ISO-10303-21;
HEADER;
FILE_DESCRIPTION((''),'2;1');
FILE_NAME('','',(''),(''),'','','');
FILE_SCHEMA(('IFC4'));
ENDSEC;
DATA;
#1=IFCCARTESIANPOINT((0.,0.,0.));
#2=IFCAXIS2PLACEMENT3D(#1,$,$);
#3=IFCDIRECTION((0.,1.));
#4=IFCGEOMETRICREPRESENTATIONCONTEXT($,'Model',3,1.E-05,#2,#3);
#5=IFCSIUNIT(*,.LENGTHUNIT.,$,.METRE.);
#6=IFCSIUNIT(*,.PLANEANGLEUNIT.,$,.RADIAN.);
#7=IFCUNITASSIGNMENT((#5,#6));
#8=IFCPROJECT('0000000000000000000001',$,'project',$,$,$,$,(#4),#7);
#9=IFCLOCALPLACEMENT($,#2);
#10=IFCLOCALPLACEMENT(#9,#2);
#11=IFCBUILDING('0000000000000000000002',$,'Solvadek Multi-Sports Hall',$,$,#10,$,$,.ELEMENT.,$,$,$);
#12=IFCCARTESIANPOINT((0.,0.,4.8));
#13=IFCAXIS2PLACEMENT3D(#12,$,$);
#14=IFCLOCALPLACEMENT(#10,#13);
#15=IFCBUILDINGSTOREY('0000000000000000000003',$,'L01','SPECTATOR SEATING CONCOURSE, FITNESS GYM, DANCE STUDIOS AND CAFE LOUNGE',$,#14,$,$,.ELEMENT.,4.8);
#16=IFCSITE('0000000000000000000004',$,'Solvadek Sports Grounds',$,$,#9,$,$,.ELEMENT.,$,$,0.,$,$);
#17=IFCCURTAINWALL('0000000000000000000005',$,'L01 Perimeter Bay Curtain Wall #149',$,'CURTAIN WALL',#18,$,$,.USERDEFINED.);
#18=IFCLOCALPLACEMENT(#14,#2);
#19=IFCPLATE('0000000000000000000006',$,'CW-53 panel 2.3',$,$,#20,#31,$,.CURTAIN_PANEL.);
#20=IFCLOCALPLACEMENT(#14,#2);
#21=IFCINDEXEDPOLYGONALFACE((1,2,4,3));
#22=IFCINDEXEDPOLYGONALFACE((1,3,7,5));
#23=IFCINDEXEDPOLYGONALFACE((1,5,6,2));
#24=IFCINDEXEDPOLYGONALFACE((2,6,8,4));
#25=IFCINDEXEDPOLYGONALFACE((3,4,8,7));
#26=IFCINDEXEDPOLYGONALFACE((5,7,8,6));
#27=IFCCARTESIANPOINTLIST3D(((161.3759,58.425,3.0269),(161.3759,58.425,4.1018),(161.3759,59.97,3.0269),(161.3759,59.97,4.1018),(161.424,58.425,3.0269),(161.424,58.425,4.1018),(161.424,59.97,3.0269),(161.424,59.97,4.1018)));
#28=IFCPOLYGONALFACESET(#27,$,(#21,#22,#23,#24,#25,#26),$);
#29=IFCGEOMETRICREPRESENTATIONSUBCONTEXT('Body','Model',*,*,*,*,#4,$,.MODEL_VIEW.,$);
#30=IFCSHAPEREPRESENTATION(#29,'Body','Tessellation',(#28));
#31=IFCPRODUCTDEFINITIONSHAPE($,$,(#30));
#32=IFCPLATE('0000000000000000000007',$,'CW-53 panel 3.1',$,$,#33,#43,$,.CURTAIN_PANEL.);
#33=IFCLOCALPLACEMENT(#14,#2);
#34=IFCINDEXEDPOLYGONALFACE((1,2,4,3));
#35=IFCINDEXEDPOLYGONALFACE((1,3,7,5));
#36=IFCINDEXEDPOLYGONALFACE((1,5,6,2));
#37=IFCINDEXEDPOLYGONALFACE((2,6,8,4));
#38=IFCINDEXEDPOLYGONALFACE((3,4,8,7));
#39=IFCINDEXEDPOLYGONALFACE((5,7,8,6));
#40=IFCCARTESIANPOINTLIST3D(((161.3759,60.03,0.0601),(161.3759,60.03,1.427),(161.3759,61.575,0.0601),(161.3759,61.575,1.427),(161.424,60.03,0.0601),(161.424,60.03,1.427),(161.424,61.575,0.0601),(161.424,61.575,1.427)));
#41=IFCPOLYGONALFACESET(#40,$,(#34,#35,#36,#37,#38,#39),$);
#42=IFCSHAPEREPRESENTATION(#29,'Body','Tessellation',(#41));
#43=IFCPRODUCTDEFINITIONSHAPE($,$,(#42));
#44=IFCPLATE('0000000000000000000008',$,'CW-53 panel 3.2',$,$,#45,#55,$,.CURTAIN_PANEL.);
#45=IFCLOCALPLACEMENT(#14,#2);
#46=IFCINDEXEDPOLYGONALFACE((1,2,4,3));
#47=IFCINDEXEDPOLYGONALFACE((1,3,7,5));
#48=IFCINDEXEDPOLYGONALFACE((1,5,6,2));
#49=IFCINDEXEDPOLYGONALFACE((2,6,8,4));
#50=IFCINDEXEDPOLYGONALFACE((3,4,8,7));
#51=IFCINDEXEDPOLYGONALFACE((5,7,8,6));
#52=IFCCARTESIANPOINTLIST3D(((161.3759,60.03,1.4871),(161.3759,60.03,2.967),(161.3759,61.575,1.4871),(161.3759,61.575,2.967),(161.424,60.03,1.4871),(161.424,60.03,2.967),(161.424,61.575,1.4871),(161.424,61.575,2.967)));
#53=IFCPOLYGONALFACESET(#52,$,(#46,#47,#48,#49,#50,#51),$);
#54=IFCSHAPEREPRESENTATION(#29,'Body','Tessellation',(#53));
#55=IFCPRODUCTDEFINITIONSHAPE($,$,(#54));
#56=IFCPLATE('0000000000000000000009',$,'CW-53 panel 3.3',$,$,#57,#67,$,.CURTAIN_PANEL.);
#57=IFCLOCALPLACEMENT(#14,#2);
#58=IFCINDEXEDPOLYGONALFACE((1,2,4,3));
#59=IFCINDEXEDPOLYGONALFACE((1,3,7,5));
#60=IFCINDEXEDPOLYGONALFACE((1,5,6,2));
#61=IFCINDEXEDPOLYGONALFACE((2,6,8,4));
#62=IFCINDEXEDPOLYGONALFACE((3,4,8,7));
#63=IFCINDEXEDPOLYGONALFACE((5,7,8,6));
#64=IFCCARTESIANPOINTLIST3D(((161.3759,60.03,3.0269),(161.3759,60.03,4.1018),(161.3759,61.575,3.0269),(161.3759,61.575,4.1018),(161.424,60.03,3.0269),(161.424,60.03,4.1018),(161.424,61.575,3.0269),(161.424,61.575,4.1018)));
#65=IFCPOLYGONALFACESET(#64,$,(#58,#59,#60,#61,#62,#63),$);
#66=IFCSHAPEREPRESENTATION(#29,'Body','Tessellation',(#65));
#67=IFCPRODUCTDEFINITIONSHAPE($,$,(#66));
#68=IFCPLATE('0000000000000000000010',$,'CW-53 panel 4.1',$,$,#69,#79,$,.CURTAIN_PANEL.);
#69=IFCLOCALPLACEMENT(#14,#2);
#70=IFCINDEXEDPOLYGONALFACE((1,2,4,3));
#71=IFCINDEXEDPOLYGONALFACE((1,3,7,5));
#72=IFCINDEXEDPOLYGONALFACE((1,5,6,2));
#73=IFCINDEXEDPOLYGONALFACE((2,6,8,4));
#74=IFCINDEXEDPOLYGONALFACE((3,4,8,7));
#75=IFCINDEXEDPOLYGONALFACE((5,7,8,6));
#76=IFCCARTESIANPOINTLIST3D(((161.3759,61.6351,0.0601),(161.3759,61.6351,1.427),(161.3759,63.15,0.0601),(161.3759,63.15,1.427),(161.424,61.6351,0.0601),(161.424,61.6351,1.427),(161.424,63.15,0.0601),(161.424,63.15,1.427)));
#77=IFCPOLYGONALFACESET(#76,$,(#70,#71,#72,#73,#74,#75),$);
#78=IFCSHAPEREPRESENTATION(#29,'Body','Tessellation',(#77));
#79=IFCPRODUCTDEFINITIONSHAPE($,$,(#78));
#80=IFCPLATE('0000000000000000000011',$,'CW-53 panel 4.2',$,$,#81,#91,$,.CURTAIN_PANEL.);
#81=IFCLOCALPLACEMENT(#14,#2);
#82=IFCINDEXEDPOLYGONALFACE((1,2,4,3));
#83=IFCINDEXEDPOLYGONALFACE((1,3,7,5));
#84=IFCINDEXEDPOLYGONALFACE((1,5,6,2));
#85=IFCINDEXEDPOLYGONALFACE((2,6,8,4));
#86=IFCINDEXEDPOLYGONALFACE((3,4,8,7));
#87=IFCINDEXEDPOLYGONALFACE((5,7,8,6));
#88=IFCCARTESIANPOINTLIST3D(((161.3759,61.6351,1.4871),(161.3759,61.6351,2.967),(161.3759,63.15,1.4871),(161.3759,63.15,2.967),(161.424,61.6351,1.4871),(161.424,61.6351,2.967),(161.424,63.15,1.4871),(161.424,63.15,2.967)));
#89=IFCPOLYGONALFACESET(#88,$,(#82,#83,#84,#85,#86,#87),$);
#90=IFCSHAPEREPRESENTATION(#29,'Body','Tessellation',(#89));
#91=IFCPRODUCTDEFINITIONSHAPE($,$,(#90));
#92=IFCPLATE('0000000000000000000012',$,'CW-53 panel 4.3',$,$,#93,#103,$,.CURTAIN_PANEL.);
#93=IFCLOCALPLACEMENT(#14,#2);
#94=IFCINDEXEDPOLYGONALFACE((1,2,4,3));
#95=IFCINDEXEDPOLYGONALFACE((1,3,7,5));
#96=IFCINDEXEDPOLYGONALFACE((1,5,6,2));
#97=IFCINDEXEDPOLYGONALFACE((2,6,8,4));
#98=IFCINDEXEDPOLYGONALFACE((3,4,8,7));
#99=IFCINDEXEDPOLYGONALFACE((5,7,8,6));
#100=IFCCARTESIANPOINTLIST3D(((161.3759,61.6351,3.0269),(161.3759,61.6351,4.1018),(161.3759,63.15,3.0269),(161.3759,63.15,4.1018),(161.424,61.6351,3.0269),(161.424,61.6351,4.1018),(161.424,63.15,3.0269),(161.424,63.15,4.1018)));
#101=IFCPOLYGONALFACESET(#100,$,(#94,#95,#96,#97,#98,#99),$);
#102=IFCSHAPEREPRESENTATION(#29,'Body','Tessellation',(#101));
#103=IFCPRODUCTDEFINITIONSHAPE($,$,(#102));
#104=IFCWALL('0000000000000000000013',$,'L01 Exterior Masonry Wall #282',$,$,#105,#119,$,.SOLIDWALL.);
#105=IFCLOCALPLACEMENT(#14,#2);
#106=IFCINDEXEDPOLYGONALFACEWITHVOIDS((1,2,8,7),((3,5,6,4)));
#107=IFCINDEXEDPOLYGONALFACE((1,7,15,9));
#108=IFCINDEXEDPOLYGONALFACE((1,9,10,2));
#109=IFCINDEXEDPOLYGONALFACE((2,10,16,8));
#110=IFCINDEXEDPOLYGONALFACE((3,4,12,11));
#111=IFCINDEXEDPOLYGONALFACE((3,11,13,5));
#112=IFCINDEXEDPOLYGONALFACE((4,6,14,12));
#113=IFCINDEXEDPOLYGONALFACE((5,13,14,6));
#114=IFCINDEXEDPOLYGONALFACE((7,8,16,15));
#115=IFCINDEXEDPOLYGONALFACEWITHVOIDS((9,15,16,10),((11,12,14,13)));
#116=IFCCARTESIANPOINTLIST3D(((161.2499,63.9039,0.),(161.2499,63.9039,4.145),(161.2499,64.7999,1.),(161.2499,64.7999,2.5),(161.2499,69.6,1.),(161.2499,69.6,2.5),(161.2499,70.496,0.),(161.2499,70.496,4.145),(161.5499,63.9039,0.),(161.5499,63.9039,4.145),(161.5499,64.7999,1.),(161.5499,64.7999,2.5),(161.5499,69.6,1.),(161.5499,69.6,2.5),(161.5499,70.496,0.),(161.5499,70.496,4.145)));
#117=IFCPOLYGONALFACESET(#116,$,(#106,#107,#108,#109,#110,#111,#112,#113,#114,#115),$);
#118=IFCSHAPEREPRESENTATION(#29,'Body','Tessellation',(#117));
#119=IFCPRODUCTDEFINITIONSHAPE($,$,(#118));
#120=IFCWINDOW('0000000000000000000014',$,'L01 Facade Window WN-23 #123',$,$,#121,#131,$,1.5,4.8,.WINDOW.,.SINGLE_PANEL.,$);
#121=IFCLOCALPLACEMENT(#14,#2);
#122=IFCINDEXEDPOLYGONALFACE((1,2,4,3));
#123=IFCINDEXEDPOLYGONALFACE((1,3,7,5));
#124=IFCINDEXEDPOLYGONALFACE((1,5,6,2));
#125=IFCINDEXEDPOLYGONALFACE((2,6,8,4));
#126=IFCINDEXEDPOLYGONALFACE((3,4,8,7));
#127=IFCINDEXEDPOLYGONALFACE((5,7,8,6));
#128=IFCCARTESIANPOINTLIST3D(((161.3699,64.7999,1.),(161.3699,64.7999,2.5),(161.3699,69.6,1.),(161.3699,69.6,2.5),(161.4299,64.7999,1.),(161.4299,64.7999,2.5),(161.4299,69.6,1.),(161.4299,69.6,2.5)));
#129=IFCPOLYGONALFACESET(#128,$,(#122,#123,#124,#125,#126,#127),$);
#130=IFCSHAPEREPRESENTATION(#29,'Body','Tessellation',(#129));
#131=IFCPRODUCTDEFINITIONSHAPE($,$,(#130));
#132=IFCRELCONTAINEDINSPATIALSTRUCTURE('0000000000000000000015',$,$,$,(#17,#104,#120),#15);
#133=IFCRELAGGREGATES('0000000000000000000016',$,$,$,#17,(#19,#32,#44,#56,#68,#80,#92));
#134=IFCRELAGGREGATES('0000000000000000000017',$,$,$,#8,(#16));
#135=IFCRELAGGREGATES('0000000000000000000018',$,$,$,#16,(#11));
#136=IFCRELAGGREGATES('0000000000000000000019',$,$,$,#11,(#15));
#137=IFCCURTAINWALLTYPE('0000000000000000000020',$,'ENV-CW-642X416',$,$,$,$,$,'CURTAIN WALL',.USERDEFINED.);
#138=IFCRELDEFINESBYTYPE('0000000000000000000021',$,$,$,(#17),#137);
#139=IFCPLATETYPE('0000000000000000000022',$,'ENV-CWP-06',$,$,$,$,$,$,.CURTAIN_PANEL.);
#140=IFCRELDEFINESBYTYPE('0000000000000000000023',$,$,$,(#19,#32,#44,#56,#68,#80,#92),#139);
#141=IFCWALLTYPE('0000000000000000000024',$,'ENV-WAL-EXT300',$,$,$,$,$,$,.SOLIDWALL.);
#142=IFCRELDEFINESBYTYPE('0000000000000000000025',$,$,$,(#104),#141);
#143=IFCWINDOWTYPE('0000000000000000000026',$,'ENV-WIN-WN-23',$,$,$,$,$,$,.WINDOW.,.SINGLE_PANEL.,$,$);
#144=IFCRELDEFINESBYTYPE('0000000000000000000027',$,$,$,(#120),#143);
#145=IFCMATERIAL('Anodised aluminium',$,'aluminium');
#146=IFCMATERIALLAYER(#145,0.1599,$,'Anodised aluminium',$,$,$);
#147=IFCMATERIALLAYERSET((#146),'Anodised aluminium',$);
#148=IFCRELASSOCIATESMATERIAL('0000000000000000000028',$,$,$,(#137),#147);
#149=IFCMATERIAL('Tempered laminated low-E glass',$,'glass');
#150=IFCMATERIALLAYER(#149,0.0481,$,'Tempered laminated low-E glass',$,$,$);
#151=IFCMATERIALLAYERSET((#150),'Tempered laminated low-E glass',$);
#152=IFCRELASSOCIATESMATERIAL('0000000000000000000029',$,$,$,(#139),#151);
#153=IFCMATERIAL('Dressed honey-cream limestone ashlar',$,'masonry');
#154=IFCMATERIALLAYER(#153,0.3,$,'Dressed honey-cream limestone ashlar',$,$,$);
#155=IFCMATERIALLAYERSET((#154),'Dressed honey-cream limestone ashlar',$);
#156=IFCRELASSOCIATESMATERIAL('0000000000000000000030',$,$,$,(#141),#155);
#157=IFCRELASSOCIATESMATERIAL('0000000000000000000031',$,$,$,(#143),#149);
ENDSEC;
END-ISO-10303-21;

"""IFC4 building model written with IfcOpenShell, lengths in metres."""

from ifc_helpers import new_model, si_unit, direction, frame, frame_2d, origin, origin_2d, place, context, subcontext, project, spatial, rectangle, extrude, material, layer, layer_set, type_object, element, fill, aggregate, save


model = new_model("IFC4")

# Units and contexts
model_context = context("Model", 3, precision=1e-05, world=origin(), true_north=direction((0.0, 1.0)))
body_context = subcontext(model_context, "Body", "Model", "MODEL_VIEW")
ifc_project = project(units=[si_unit("LENGTHUNIT", "METRE"), si_unit("PLANEANGLEUNIT", "RADIAN")], contexts=[model_context])

# Site, building, storey
site_placement = place(None, origin())
site = spatial("IfcSite", under=ifc_project, at=site_placement, Name="Solvadek Sports Grounds", CompositionType="ELEMENT", RefElevation=0.0)
building_placement = place(site_placement, origin())
building = spatial("IfcBuilding", under=site, at=building_placement, Name="Solvadek Multi-Sports Hall", CompositionType="ELEMENT")
storey_placement = place(building_placement, frame((0.0, 0.0, 4.8)))
storey = spatial("IfcBuildingStorey", under=building, at=storey_placement, Name="L01", Description="SPECTATOR SEATING CONCOURSE, FITNESS GYM, DANCE STUDIOS AND CAFE LOUNGE", CompositionType="ELEMENT", Elevation=4.8)

# Curtain wall
ifc_material_1 = material(Name="Anodised aluminium", Category="aluminium")
ifc_layer_1 = layer(ifc_material_1, 0.1599, Name="Anodised aluminium")
ifc_layer_set_1 = layer_set([ifc_layer_1], Name="Anodised aluminium")
curtain_wall_type = type_object("IfcCurtainWallType", Name="ENV-CW-642X416", ElementType="CURTAIN WALL", PredefinedType="USERDEFINED", material=ifc_layer_set_1)
curtain_wall_placement = place(storey_placement, origin())
curtain_wall = element("IfcCurtainWall", 1, at=curtain_wall_placement, inside=storey, type_object=curtain_wall_type, Name="L01 Perimeter Bay Curtain Wall #149", ObjectType="CURTAIN WALL", PredefinedType="USERDEFINED")

# Plates
ifc_material_2 = material(Name="Tempered laminated low-E glass", Category="glass")
ifc_layer_2 = layer(ifc_material_2, 0.0481, Name="Tempered laminated low-E glass")
ifc_layer_set_2 = layer_set([ifc_layer_2], Name="Tempered laminated low-E glass")
plate_type = type_object("IfcPlateType", Name="ENV-CWP-06", PredefinedType="CURTAIN_PANEL", material=ifc_layer_set_2)
plate_1_placement = place(storey_placement, frame((161.3999, 59.1975, 3.0269), z_axis=(0.0, 0.0, 1.0), x_axis=(0.0, 1.0, 0.0)))
plate_1 = element("IfcPlate", 2, at=plate_1_placement, type_object=plate_type, Name="CW-53 panel 2.3", PredefinedType="CURTAIN_PANEL", context=body_context, shape_type="SweptSolid", body=[
    extrude(rectangle(XDim=1.5449, YDim=0.0481, at=origin_2d()), origin(), (0.0, 0.0, 1.0), 1.075),
])
plate_2_placement = place(storey_placement, frame((161.3999, 60.8025, 0.0601), z_axis=(0.0, 0.0, 1.0), x_axis=(0.0, 1.0, 0.0)))
plate_2 = element("IfcPlate", 3, at=plate_2_placement, type_object=plate_type, Name="CW-53 panel 3.1", PredefinedType="CURTAIN_PANEL", context=body_context, shape_type="SweptSolid", body=[
    extrude(rectangle(XDim=1.5449, YDim=0.0481, at=origin_2d()), origin(), (0.0, 0.0, 1.0), 1.3669),
])
plate_3_placement = place(storey_placement, frame((161.3999, 60.8025, 1.4871), z_axis=(0.0, 0.0, 1.0), x_axis=(0.0, 1.0, 0.0)))
plate_3 = element("IfcPlate", 4, at=plate_3_placement, type_object=plate_type, Name="CW-53 panel 3.2", PredefinedType="CURTAIN_PANEL", context=body_context, shape_type="SweptSolid", body=[
    extrude(rectangle(XDim=1.5449, YDim=0.0481, at=origin_2d()), origin(), (0.0, 0.0, 1.0), 1.48),
])
plate_4_placement = place(storey_placement, frame((161.3999, 60.8025, 3.0269), z_axis=(0.0, 0.0, 1.0), x_axis=(0.0, 1.0, 0.0)))
plate_4 = element("IfcPlate", 5, at=plate_4_placement, type_object=plate_type, Name="CW-53 panel 3.3", PredefinedType="CURTAIN_PANEL", context=body_context, shape_type="SweptSolid", body=[
    extrude(rectangle(XDim=1.5449, YDim=0.0481, at=origin_2d()), origin(), (0.0, 0.0, 1.0), 1.075),
])
plate_5_placement = place(storey_placement, frame((161.3999, 62.3926, 0.0601), z_axis=(0.0, 0.0, 1.0), x_axis=(0.0, 1.0, 0.0)))
plate_5 = element("IfcPlate", 6, at=plate_5_placement, type_object=plate_type, Name="CW-53 panel 4.1", PredefinedType="CURTAIN_PANEL", context=body_context, shape_type="SweptSolid", body=[
    extrude(rectangle(XDim=1.5149, YDim=0.0481, at=origin_2d()), origin(), (0.0, 0.0, 1.0), 1.3669),
])
plate_6_placement = place(storey_placement, frame((161.3999, 62.3926, 1.4871), z_axis=(0.0, 0.0, 1.0), x_axis=(0.0, 1.0, 0.0)))
plate_6 = element("IfcPlate", 7, at=plate_6_placement, type_object=plate_type, Name="CW-53 panel 4.2", PredefinedType="CURTAIN_PANEL", context=body_context, shape_type="SweptSolid", body=[
    extrude(rectangle(XDim=1.5149, YDim=0.0481, at=origin_2d()), origin(), (0.0, 0.0, 1.0), 1.48),
])
plate_7_placement = place(storey_placement, frame((161.3999, 62.3926, 3.0269), z_axis=(0.0, 0.0, 1.0), x_axis=(0.0, 1.0, 0.0)))
plate_7 = element("IfcPlate", 8, at=plate_7_placement, type_object=plate_type, Name="CW-53 panel 4.3", PredefinedType="CURTAIN_PANEL", context=body_context, shape_type="SweptSolid", body=[
    extrude(rectangle(XDim=1.5149, YDim=0.0481, at=origin_2d()), origin(), (0.0, 0.0, 1.0), 1.075),
])
aggregate(curtain_wall, [plate_1, plate_2, plate_3, plate_4, plate_5, plate_6, plate_7])

# Wall, opening, window
ifc_material_3 = material(Name="Dressed honey-cream limestone ashlar", Category="masonry")
ifc_layer_3 = layer(ifc_material_3, 0.3, Name="Dressed honey-cream limestone ashlar")
ifc_layer_set_3 = layer_set([ifc_layer_3], Name="Dressed honey-cream limestone ashlar")
wall_type = type_object("IfcWallType", Name="ENV-WAL-EXT300", PredefinedType="SOLIDWALL", material=ifc_layer_set_3)
wall_placement = place(storey_placement, frame((161.3999, 63.9041, 0.0), z_axis=(0.0, 0.0, 1.0), x_axis=(0.0, 1.0, 0.0)))
wall = element("IfcWall", 9, at=wall_placement, inside=storey, type_object=wall_type, Name="L01 Exterior Masonry Wall #282", PredefinedType="SOLIDWALL", context=body_context, shape_type="SweptSolid", body=[
    extrude(rectangle(XDim=6.592, YDim=0.3, at=frame_2d((3.2959, 0.0))), origin(), (0.0, 0.0, 1.0), 4.145),
])
opening_placement = place(wall_placement, frame((0.896, 0.0, 1.0)))
opening = element("IfcOpeningElement", 10, at=opening_placement, cuts=wall, PredefinedType="OPENING", context=body_context, shape_type="SweptSolid", body=[
    extrude(rectangle(XDim=4.8, YDim=1.5, at=frame_2d((2.3999, 0.75))), frame((0.0, 0.1599, 0.0), z_axis=(0.0, -1.0, 0.0), x_axis=(1.0, 0.0, 0.0)), (0.0, 0.0, 1.0), 0.3201),
])
window_type = type_object("IfcWindowType", Name="ENV-WIN-WN-23", PartitioningType="SINGLE_PANEL", PredefinedType="WINDOW", material=ifc_material_2)
window_placement = place(opening_placement, origin())
window = element("IfcWindow", 11, at=window_placement, inside=storey, type_object=window_type, Name="L01 Facade Window WN-23 #123", OverallHeight=1.5, OverallWidth=4.8, PartitioningType="SINGLE_PANEL", PredefinedType="WINDOW", context=body_context, shape_type="SweptSolid", body=[
    extrude(rectangle(XDim=4.8, YDim=1.5, at=frame_2d((2.3999, 0.75))), frame((0.0, 0.03, 0.0), z_axis=(0.0, -1.0, 0.0), x_axis=(1.0, 0.0, 0.0)), (0.0, 0.0, 1.0), 0.0601),
])
fill(opening, window)

save(model, "model.ifc")
